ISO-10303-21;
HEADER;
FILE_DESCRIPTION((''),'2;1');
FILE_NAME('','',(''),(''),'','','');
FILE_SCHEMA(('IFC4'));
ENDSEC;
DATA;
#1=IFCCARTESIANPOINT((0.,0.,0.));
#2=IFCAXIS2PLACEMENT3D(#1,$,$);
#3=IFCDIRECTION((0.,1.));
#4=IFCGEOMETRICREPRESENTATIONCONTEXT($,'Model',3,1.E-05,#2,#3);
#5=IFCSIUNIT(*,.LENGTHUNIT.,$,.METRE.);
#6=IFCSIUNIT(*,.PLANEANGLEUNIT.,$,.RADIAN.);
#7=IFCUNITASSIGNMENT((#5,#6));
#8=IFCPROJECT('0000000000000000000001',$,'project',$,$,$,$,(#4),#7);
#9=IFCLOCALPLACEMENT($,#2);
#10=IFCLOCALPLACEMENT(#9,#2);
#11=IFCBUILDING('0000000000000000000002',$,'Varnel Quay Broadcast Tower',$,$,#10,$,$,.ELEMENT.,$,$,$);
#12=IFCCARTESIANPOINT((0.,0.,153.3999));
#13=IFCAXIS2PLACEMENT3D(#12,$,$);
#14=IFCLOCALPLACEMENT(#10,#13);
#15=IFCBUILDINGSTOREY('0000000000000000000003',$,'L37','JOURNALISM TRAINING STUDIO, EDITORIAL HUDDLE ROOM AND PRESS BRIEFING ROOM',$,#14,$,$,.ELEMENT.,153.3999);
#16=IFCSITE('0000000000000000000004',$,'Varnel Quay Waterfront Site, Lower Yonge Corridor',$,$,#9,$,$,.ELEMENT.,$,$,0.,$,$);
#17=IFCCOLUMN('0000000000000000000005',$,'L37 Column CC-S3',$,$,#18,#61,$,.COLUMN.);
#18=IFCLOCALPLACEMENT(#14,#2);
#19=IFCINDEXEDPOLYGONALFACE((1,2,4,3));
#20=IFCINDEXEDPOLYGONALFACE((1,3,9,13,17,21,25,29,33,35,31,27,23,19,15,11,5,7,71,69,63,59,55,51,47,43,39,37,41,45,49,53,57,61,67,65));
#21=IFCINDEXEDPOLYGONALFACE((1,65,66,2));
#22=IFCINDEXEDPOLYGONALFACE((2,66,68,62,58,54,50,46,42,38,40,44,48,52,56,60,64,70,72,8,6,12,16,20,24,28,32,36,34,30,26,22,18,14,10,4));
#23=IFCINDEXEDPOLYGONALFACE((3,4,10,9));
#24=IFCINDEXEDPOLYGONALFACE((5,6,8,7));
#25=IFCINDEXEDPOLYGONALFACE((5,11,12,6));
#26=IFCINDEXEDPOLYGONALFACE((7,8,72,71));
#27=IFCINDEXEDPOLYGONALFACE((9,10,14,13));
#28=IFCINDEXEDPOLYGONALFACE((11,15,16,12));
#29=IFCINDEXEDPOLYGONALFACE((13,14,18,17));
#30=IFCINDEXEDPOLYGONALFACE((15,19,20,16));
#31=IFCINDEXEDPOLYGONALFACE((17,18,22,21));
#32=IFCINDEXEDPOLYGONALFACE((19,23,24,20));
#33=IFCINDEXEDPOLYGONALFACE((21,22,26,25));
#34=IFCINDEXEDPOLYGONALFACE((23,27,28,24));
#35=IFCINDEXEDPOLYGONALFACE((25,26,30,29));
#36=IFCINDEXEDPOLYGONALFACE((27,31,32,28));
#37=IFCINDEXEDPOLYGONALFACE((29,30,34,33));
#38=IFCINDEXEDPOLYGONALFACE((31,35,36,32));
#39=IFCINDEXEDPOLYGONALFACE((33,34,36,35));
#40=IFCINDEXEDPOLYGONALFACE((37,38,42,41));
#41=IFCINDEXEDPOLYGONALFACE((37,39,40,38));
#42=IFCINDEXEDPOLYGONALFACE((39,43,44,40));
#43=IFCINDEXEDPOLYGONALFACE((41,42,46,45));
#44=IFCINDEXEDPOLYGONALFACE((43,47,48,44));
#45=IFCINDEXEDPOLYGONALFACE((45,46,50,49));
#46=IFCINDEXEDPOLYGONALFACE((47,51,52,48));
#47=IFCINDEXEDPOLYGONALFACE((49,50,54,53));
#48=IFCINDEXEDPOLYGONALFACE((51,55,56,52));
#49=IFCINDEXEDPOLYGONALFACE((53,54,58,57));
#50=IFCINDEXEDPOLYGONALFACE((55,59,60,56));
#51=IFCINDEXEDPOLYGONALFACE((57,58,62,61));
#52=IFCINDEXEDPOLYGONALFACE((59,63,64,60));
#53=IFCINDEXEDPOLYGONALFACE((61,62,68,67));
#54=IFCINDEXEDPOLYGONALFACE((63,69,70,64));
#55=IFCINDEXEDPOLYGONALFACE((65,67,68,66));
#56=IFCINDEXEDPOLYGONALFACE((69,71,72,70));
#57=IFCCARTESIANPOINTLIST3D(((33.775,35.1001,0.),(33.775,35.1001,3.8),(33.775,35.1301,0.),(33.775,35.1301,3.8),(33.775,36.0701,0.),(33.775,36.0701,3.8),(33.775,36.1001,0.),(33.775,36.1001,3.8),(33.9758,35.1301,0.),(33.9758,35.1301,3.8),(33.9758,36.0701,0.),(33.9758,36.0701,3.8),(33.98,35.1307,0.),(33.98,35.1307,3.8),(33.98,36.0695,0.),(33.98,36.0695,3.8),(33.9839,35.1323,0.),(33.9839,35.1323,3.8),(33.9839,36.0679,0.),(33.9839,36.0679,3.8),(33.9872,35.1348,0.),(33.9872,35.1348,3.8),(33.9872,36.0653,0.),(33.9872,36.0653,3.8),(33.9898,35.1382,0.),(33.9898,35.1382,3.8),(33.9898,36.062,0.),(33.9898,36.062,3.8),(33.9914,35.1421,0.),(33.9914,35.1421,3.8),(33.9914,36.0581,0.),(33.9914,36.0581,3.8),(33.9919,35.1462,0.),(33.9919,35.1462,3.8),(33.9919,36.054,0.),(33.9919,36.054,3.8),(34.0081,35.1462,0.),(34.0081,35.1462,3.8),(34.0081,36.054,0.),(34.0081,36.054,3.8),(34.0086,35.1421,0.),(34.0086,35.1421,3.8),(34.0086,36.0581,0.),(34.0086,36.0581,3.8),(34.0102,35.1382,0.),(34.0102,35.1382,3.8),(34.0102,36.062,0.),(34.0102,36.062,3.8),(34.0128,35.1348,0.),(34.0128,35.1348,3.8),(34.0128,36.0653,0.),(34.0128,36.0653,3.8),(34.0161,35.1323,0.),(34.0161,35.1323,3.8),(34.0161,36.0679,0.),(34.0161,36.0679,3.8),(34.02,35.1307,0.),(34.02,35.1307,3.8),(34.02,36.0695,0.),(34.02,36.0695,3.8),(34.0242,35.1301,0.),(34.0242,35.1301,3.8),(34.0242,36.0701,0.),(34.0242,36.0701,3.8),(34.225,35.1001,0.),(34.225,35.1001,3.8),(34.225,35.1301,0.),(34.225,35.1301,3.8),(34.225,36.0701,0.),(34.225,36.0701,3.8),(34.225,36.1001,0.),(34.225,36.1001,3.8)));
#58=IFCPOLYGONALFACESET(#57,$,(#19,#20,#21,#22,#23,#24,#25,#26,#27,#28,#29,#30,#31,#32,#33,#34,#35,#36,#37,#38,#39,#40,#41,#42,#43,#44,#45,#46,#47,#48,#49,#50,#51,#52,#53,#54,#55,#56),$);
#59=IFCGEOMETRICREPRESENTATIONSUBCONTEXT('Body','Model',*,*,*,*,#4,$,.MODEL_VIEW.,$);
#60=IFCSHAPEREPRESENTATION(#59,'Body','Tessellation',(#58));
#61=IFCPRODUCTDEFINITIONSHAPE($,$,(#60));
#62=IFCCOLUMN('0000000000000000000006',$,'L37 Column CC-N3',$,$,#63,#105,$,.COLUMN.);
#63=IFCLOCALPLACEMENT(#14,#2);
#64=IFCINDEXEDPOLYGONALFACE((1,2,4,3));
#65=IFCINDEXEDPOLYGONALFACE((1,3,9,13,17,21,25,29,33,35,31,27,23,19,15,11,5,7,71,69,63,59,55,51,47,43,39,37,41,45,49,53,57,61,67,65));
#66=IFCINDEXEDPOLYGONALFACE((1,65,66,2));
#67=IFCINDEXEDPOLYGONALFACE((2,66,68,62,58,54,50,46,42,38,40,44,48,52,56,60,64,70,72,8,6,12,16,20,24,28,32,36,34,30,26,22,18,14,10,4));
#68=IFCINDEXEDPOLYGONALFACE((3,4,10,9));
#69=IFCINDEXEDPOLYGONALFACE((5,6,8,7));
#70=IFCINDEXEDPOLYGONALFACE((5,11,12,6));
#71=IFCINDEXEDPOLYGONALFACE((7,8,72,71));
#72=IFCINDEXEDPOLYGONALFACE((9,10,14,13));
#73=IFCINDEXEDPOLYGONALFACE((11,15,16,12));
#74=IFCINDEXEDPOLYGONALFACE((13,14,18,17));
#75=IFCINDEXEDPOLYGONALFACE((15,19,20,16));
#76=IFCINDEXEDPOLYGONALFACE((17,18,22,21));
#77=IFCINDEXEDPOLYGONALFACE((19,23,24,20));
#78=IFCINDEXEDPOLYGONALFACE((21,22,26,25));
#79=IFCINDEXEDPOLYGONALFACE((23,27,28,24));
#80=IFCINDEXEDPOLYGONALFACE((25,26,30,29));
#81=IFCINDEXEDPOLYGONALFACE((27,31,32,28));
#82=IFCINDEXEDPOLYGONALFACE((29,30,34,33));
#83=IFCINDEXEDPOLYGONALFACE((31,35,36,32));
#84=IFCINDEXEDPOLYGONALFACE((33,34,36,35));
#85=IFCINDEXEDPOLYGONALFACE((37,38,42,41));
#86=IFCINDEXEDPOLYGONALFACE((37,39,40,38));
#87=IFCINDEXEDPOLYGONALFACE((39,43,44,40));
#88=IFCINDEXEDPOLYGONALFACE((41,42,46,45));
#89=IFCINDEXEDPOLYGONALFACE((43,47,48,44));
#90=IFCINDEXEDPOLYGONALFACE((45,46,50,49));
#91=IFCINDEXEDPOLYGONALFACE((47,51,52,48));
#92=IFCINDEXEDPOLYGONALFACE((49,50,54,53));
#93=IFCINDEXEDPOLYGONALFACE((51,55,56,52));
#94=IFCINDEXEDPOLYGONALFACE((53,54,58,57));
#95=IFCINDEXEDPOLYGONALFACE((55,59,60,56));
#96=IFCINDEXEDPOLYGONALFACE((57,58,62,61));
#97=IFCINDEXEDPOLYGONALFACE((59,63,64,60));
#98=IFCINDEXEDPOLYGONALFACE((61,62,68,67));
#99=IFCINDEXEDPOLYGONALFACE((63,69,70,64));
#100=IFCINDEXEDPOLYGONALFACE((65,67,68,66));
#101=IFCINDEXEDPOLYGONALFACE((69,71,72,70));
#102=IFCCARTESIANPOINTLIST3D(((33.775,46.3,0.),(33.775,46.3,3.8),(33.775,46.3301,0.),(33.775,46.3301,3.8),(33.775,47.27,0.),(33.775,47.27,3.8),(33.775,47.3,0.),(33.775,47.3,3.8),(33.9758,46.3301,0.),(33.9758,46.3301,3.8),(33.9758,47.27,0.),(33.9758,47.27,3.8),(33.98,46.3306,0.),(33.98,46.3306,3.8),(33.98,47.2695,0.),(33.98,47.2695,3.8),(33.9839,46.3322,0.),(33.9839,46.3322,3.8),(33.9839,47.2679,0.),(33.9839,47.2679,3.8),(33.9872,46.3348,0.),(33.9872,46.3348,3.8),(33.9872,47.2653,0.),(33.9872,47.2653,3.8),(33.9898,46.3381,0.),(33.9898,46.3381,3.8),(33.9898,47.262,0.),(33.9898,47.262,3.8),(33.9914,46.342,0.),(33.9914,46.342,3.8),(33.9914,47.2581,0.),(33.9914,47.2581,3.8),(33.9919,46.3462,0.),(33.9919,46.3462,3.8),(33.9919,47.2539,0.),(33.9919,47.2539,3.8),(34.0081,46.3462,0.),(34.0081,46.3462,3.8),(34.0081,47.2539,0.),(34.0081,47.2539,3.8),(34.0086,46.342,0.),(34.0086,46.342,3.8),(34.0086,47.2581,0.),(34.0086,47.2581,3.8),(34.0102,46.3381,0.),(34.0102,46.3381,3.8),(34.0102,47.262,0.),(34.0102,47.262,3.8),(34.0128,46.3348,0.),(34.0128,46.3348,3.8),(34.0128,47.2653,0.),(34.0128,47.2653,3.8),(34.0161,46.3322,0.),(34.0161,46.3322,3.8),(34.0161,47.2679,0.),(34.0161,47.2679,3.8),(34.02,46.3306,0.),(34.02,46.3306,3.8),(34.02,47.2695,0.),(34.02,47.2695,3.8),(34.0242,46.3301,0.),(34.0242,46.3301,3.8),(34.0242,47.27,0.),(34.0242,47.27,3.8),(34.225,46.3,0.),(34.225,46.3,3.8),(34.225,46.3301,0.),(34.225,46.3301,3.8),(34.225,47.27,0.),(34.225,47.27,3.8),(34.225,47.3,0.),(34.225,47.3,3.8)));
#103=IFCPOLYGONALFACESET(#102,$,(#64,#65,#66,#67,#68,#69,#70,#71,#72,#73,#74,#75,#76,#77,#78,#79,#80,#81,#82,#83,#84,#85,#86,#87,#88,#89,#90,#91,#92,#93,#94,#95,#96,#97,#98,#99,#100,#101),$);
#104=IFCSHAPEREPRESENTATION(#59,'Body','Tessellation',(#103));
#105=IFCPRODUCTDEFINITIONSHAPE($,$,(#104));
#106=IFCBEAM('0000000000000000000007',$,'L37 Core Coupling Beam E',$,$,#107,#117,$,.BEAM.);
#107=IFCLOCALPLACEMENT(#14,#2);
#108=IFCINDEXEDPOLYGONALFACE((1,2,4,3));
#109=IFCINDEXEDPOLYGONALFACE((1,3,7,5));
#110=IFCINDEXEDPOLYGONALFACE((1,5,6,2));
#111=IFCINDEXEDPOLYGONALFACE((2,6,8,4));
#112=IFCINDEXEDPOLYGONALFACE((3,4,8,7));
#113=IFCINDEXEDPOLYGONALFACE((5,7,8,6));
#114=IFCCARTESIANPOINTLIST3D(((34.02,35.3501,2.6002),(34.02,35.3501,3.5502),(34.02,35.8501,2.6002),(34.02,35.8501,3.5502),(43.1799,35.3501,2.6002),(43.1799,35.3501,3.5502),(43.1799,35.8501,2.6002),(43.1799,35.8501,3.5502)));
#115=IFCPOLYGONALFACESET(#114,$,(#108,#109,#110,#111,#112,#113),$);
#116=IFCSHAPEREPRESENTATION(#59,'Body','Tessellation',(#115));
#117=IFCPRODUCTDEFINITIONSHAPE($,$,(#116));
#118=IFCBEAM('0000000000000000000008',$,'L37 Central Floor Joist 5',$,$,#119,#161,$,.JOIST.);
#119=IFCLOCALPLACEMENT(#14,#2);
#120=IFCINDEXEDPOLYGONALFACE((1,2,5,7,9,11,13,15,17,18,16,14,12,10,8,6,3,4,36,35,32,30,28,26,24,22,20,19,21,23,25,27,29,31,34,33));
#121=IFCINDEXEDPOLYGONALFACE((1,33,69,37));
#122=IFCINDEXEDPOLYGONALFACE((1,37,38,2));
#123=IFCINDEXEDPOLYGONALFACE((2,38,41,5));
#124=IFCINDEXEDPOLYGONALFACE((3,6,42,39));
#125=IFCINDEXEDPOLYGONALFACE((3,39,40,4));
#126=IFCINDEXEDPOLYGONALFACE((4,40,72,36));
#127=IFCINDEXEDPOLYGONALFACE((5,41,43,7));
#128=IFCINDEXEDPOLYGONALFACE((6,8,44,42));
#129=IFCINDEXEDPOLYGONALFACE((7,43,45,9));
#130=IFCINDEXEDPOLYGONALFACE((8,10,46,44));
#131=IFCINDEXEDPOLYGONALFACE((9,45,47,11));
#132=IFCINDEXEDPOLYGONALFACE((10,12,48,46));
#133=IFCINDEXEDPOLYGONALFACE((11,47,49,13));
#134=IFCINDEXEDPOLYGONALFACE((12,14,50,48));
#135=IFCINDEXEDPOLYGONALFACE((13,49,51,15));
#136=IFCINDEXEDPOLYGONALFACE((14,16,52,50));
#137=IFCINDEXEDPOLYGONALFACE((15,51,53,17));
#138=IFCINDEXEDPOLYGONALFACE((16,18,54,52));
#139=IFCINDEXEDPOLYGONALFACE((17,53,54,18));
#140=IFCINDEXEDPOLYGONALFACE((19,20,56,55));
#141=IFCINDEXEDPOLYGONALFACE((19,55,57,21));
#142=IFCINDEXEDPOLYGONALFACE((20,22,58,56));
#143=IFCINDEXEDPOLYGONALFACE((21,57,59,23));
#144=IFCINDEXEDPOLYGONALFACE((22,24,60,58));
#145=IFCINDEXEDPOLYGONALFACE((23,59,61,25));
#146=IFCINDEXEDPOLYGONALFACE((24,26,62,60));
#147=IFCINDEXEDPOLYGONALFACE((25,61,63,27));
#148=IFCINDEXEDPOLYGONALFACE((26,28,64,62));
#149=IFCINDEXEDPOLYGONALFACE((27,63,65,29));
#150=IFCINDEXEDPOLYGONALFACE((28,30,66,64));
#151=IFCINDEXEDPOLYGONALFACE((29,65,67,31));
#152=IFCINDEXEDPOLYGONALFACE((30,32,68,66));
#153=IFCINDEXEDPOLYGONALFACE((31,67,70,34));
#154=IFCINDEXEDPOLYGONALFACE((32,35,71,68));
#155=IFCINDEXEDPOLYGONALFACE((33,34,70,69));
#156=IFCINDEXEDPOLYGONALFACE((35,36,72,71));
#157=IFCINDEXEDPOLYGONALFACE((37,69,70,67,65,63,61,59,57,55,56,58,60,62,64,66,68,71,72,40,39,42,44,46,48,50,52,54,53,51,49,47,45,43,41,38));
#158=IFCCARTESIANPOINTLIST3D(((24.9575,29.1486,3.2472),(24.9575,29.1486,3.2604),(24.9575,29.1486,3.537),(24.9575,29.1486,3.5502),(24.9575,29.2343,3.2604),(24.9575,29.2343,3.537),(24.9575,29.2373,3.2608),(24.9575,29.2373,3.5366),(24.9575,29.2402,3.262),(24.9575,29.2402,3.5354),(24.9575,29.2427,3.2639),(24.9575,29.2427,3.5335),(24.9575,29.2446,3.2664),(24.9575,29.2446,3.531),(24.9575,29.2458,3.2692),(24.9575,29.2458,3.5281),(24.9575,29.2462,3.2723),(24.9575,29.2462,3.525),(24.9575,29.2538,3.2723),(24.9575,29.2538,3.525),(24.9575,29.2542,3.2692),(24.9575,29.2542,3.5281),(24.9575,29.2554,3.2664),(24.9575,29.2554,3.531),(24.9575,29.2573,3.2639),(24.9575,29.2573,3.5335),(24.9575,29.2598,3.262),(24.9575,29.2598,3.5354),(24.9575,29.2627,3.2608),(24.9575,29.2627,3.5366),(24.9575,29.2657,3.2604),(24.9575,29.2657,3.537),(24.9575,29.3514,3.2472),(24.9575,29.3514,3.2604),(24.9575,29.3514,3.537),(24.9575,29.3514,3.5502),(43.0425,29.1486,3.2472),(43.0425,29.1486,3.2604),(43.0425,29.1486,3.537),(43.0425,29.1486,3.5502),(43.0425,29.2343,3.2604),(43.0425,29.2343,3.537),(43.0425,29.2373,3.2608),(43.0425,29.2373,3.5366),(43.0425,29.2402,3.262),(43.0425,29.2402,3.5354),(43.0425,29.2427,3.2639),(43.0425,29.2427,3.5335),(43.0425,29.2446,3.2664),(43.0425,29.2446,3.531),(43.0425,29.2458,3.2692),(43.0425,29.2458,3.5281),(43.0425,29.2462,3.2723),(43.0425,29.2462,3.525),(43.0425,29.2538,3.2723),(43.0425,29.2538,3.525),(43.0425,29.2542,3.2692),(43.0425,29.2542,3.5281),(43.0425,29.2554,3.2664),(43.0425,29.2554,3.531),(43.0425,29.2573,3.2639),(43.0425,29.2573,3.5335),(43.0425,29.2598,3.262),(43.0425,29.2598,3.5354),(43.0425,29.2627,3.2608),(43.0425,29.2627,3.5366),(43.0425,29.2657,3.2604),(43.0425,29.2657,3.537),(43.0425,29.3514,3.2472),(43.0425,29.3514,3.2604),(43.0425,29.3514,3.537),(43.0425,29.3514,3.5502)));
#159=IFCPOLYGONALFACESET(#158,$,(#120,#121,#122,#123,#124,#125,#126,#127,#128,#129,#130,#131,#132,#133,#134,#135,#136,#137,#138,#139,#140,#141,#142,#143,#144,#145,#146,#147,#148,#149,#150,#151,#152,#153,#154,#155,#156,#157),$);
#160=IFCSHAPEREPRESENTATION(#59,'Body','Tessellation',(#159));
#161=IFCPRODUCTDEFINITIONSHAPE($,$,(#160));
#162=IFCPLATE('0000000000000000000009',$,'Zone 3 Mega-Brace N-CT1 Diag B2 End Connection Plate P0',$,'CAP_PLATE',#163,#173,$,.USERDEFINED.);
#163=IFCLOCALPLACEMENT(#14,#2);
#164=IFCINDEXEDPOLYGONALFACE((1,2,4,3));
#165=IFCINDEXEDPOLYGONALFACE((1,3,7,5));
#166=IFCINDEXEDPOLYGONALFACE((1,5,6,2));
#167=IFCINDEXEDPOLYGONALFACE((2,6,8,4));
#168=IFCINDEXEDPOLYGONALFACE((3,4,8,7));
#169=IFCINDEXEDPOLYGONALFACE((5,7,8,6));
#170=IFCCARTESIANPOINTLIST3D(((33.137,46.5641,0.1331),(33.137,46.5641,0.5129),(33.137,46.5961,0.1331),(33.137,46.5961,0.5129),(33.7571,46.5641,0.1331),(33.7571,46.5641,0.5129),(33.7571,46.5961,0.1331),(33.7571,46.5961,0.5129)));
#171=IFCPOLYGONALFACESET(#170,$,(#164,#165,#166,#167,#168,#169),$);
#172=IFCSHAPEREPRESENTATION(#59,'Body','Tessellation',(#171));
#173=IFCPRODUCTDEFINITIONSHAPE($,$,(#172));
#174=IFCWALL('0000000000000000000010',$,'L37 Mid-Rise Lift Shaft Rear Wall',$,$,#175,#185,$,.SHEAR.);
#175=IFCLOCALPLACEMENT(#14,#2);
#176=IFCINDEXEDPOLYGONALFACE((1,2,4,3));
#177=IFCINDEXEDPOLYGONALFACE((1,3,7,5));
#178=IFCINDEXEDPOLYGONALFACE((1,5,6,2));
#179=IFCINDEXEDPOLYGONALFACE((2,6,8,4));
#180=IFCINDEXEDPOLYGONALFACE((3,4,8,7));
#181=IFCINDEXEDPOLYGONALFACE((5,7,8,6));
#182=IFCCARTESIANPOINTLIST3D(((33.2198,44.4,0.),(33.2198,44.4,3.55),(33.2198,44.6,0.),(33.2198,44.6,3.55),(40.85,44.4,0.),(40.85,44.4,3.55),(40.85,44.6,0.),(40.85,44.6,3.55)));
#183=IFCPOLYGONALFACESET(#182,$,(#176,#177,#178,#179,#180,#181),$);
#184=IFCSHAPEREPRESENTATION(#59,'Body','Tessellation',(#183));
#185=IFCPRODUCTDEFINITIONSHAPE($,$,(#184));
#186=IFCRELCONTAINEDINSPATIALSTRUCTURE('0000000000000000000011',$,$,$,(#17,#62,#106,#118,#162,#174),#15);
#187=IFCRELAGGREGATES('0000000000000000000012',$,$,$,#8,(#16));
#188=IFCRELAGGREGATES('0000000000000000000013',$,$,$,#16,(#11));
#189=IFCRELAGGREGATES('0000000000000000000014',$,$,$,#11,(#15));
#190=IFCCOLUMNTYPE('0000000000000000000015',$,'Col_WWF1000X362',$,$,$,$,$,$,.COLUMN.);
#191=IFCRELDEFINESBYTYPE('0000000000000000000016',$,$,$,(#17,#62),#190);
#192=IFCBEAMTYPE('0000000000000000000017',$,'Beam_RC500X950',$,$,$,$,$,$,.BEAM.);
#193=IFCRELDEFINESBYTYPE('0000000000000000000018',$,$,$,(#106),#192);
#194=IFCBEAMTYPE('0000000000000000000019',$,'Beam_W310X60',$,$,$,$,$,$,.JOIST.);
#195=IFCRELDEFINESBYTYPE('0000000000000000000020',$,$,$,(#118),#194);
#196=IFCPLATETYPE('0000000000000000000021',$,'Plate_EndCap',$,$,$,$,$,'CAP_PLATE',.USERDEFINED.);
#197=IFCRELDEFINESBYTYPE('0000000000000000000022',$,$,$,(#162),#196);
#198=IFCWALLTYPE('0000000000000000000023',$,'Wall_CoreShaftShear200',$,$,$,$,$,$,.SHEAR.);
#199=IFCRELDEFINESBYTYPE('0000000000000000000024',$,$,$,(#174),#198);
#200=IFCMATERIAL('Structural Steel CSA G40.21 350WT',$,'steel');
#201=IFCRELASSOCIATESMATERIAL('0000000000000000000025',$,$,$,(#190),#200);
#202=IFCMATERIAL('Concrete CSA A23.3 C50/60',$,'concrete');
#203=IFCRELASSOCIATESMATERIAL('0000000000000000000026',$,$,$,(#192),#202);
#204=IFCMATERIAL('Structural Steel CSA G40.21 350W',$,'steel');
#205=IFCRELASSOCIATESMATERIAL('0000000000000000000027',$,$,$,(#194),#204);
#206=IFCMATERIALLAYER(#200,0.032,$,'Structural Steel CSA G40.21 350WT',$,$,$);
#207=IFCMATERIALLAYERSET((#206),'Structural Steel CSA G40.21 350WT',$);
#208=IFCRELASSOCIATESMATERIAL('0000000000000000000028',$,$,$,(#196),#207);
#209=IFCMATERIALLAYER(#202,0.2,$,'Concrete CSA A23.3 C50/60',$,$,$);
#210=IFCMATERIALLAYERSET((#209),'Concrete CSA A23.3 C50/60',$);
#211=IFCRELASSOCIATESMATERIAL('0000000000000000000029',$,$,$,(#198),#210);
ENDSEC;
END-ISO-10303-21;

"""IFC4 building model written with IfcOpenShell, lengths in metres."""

from ifc_helpers import new_model, si_unit, direction, frame, frame_2d, origin, origin_2d, place, context, subcontext, project, spatial, rectangle, i_section, extrude, source, transform, mapped, material, layer, layer_set, material_profile, profile_set, type_object, type_shapes, element, save


model = new_model("IFC4")

# Units and contexts
model_context = context("Model", 3, precision=1e-05, world=origin(), true_north=direction((0.0, 1.0)))
body_context = subcontext(model_context, "Body", "Model", "MODEL_VIEW")
ifc_project = project(units=[si_unit("LENGTHUNIT", "METRE"), si_unit("PLANEANGLEUNIT", "RADIAN")], contexts=[model_context])

# Site, building, storey
site_placement = place(None, origin())
site = spatial("IfcSite", under=ifc_project, at=site_placement, Name="Varnel Quay Waterfront Site, Lower Yonge Corridor", CompositionType="ELEMENT", RefElevation=0.0)
building_placement = place(site_placement, origin())
building = spatial("IfcBuilding", under=site, at=building_placement, Name="Varnel Quay Broadcast Tower", CompositionType="ELEMENT")
storey_placement = place(building_placement, frame((0.0, 0.0, 153.3999)))
storey = spatial("IfcBuildingStorey", under=building, at=storey_placement, Name="L37", Description="JOURNALISM TRAINING STUDIO, EDITORIAL HUDDLE ROOM AND PRESS BRIEFING ROOM", CompositionType="ELEMENT", Elevation=153.3999)

# Columns
ifc_material_1 = material(Name="Structural Steel CSA G40.21 350WT", Category="steel")
ifc_material_profile_1 = material_profile(ifc_material_1, i_section(OverallWidth=0.45, OverallDepth=1.0, WebThickness=0.0161, FlangeThickness=0.03, FilletRadius=0.0161, at=origin_2d()), Name="WWF1000X362")
ifc_profile_set_1 = profile_set([ifc_material_profile_1], Name="Structural Steel CSA G40.21 350WT")
column_type = type_object("IfcColumnType", Name="Col_WWF1000X362", PredefinedType="COLUMN", material=ifc_profile_set_1)
shared_shape_1 = source(origin(), body_context, "Body", "SweptSolid", [
    extrude(i_section(OverallWidth=0.45, OverallDepth=1.0, WebThickness=0.0161, FlangeThickness=0.03, FilletRadius=0.0161, at=origin_2d()), origin(), (0.0, 0.0, 1.0), 3.8),
])
type_shapes(column_type, [shared_shape_1])
for number, where, z_axis, x_axis, name in (
    (1, (34.0, 35.6001, 0.0), (0.0, 0.0, 1.0), (1.0, 0.0, 0.0), "L37 Column CC-S3"),
    (2, (34.0, 46.8, 0.0), (0.0, 0.0, 1.0), (1.0, 0.0, 0.0), "L37 Column CC-N3"),
):
    element("IfcColumn", number, at=place(storey_placement, frame(where, z_axis=z_axis, x_axis=x_axis)), inside=storey, type_object=column_type, Name=name, PredefinedType="COLUMN", context=body_context, shape_type="MappedRepresentation", body=[
        mapped(shared_shape_1, transform((0.0, 0.0, 0.0), x_axis=(1.0, 0.0, 0.0), y_axis=(0.0, 1.0, 0.0), z_axis=(0.0, 0.0, 1.0), scale=1.0)),
    ])

# Beams
ifc_material_2 = material(Name="Concrete CSA A23.3 C50/60", Category="concrete")
ifc_material_profile_2 = material_profile(ifc_material_2, rectangle(XDim=0.5, YDim=0.95, at=origin_2d()), Name="RC500X950")
ifc_profile_set_2 = profile_set([ifc_material_profile_2], Name="Concrete CSA A23.3 C50/60")
beam_type_1 = type_object("IfcBeamType", Name="Beam_RC500X950", PredefinedType="BEAM", material=ifc_profile_set_2)
shared_shape_2 = source(origin(), body_context, "Body", "SweptSolid", [
    extrude(rectangle(XDim=0.5, YDim=0.95, at=origin_2d()), origin(), (0.0, 0.0, 1.0), 9.1599),
])
type_shapes(beam_type_1, [shared_shape_2])
beam_1_placement = place(storey_placement, frame((34.02, 35.6001, 3.0752), z_axis=(1.0, 0.0, 0.0), x_axis=(0.0, 1.0, 0.0)))
element("IfcBeam", 3, at=beam_1_placement, inside=storey, type_object=beam_type_1, Name="L37 Core Coupling Beam E", PredefinedType="BEAM", context=body_context, shape_type="MappedRepresentation", body=[
    mapped(shared_shape_2, transform((0.0, 0.0, 0.0), x_axis=(1.0, 0.0, 0.0), y_axis=(0.0, 1.0, 0.0), z_axis=(0.0, 0.0, 1.0), scale=1.0)),
])
ifc_material_3 = material(Name="Structural Steel CSA G40.21 350W", Category="steel")
ifc_material_profile_3 = material_profile(ifc_material_3, i_section(OverallWidth=0.2029, OverallDepth=0.303, WebThickness=0.0076, FlangeThickness=0.0132, FilletRadius=0.012, at=origin_2d()), Name="W310X60")
ifc_profile_set_3 = profile_set([ifc_material_profile_3], Name="Structural Steel CSA G40.21 350W")
beam_type_2 = type_object("IfcBeamType", Name="Beam_W310X60", PredefinedType="JOIST", material=ifc_profile_set_3)
shared_shape_3 = source(origin(), body_context, "Body", "SweptSolid", [
    extrude(i_section(OverallWidth=0.2029, OverallDepth=0.303, WebThickness=0.0076, FlangeThickness=0.0132, FilletRadius=0.012, at=origin_2d()), origin(), (0.0, 0.0, 1.0), 18.085),
])
type_shapes(beam_type_2, [shared_shape_3])
beam_2_placement = place(storey_placement, frame((24.9575, 29.25, 3.3987), z_axis=(1.0, 0.0, 0.0), x_axis=(0.0, 1.0, 0.0)))
element("IfcBeam", 4, at=beam_2_placement, inside=storey, type_object=beam_type_2, Name="L37 Central Floor Joist 5", PredefinedType="JOIST", context=body_context, shape_type="MappedRepresentation", body=[
    mapped(shared_shape_3, transform((0.0, 0.0, 0.0), x_axis=(1.0, 0.0, 0.0), y_axis=(0.0, 1.0, 0.0), z_axis=(0.0, 0.0, 1.0), scale=1.0)),
])

# Plate
ifc_layer_1 = layer(ifc_material_1, 0.032, Name="Structural Steel CSA G40.21 350WT")
ifc_layer_set_1 = layer_set([ifc_layer_1], Name="Structural Steel CSA G40.21 350WT")
plate_type = type_object("IfcPlateType", Name="Plate_EndCap", ElementType="CAP_PLATE", PredefinedType="USERDEFINED", material=ifc_layer_set_1)
shared_shape_4 = source(origin(), body_context, "Body", "SweptSolid", [
    extrude(rectangle(XDim=0.6201, YDim=0.032, at=origin_2d()), origin(), (0.0, 0.0, 1.0), 0.3799),
])
type_shapes(plate_type, [shared_shape_4])
plate_placement = place(storey_placement, frame((33.447, 46.5801, 0.1331), z_axis=(0.0, 0.0, 1.0), x_axis=(1.0, 0.0, 0.0)))
element("IfcPlate", 5, at=plate_placement, inside=storey, type_object=plate_type, Name="Zone 3 Mega-Brace N-CT1 Diag B2 End Connection Plate P0", ObjectType="CAP_PLATE", PredefinedType="USERDEFINED", context=body_context, shape_type="MappedRepresentation", body=[
    mapped(shared_shape_4, transform((0.0, 0.0, 0.0), x_axis=(1.0, 0.0, 0.0), y_axis=(0.0, 1.0, 0.0), z_axis=(0.0, 0.0, 1.0), scale=1.0)),
])

# Wall
ifc_layer_2 = layer(ifc_material_2, 0.2, Name="Concrete CSA A23.3 C50/60")
ifc_layer_set_2 = layer_set([ifc_layer_2], Name="Concrete CSA A23.3 C50/60")
wall_type_1 = type_object("IfcWallType", Name="Wall_CoreShaftShear200", PredefinedType="SHEAR", material=ifc_layer_set_2)
wall_1_placement = place(storey_placement, frame((33.22, 44.5, 0.0), z_axis=(0.0, 0.0, 1.0), x_axis=(1.0, 0.0, 0.0)))
element("IfcWall", 6, at=wall_1_placement, inside=storey, type_object=wall_type_1, Name="L37 Mid-Rise Lift Shaft Rear Wall", PredefinedType="SHEAR", context=body_context, shape_type="SweptSolid", body=[
    extrude(rectangle(XDim=7.6301, YDim=0.2, at=frame_2d((3.8149, 0.0))), origin(), (0.0, 0.0, 1.0), 3.55),
])

save(model, "model.ifc")
